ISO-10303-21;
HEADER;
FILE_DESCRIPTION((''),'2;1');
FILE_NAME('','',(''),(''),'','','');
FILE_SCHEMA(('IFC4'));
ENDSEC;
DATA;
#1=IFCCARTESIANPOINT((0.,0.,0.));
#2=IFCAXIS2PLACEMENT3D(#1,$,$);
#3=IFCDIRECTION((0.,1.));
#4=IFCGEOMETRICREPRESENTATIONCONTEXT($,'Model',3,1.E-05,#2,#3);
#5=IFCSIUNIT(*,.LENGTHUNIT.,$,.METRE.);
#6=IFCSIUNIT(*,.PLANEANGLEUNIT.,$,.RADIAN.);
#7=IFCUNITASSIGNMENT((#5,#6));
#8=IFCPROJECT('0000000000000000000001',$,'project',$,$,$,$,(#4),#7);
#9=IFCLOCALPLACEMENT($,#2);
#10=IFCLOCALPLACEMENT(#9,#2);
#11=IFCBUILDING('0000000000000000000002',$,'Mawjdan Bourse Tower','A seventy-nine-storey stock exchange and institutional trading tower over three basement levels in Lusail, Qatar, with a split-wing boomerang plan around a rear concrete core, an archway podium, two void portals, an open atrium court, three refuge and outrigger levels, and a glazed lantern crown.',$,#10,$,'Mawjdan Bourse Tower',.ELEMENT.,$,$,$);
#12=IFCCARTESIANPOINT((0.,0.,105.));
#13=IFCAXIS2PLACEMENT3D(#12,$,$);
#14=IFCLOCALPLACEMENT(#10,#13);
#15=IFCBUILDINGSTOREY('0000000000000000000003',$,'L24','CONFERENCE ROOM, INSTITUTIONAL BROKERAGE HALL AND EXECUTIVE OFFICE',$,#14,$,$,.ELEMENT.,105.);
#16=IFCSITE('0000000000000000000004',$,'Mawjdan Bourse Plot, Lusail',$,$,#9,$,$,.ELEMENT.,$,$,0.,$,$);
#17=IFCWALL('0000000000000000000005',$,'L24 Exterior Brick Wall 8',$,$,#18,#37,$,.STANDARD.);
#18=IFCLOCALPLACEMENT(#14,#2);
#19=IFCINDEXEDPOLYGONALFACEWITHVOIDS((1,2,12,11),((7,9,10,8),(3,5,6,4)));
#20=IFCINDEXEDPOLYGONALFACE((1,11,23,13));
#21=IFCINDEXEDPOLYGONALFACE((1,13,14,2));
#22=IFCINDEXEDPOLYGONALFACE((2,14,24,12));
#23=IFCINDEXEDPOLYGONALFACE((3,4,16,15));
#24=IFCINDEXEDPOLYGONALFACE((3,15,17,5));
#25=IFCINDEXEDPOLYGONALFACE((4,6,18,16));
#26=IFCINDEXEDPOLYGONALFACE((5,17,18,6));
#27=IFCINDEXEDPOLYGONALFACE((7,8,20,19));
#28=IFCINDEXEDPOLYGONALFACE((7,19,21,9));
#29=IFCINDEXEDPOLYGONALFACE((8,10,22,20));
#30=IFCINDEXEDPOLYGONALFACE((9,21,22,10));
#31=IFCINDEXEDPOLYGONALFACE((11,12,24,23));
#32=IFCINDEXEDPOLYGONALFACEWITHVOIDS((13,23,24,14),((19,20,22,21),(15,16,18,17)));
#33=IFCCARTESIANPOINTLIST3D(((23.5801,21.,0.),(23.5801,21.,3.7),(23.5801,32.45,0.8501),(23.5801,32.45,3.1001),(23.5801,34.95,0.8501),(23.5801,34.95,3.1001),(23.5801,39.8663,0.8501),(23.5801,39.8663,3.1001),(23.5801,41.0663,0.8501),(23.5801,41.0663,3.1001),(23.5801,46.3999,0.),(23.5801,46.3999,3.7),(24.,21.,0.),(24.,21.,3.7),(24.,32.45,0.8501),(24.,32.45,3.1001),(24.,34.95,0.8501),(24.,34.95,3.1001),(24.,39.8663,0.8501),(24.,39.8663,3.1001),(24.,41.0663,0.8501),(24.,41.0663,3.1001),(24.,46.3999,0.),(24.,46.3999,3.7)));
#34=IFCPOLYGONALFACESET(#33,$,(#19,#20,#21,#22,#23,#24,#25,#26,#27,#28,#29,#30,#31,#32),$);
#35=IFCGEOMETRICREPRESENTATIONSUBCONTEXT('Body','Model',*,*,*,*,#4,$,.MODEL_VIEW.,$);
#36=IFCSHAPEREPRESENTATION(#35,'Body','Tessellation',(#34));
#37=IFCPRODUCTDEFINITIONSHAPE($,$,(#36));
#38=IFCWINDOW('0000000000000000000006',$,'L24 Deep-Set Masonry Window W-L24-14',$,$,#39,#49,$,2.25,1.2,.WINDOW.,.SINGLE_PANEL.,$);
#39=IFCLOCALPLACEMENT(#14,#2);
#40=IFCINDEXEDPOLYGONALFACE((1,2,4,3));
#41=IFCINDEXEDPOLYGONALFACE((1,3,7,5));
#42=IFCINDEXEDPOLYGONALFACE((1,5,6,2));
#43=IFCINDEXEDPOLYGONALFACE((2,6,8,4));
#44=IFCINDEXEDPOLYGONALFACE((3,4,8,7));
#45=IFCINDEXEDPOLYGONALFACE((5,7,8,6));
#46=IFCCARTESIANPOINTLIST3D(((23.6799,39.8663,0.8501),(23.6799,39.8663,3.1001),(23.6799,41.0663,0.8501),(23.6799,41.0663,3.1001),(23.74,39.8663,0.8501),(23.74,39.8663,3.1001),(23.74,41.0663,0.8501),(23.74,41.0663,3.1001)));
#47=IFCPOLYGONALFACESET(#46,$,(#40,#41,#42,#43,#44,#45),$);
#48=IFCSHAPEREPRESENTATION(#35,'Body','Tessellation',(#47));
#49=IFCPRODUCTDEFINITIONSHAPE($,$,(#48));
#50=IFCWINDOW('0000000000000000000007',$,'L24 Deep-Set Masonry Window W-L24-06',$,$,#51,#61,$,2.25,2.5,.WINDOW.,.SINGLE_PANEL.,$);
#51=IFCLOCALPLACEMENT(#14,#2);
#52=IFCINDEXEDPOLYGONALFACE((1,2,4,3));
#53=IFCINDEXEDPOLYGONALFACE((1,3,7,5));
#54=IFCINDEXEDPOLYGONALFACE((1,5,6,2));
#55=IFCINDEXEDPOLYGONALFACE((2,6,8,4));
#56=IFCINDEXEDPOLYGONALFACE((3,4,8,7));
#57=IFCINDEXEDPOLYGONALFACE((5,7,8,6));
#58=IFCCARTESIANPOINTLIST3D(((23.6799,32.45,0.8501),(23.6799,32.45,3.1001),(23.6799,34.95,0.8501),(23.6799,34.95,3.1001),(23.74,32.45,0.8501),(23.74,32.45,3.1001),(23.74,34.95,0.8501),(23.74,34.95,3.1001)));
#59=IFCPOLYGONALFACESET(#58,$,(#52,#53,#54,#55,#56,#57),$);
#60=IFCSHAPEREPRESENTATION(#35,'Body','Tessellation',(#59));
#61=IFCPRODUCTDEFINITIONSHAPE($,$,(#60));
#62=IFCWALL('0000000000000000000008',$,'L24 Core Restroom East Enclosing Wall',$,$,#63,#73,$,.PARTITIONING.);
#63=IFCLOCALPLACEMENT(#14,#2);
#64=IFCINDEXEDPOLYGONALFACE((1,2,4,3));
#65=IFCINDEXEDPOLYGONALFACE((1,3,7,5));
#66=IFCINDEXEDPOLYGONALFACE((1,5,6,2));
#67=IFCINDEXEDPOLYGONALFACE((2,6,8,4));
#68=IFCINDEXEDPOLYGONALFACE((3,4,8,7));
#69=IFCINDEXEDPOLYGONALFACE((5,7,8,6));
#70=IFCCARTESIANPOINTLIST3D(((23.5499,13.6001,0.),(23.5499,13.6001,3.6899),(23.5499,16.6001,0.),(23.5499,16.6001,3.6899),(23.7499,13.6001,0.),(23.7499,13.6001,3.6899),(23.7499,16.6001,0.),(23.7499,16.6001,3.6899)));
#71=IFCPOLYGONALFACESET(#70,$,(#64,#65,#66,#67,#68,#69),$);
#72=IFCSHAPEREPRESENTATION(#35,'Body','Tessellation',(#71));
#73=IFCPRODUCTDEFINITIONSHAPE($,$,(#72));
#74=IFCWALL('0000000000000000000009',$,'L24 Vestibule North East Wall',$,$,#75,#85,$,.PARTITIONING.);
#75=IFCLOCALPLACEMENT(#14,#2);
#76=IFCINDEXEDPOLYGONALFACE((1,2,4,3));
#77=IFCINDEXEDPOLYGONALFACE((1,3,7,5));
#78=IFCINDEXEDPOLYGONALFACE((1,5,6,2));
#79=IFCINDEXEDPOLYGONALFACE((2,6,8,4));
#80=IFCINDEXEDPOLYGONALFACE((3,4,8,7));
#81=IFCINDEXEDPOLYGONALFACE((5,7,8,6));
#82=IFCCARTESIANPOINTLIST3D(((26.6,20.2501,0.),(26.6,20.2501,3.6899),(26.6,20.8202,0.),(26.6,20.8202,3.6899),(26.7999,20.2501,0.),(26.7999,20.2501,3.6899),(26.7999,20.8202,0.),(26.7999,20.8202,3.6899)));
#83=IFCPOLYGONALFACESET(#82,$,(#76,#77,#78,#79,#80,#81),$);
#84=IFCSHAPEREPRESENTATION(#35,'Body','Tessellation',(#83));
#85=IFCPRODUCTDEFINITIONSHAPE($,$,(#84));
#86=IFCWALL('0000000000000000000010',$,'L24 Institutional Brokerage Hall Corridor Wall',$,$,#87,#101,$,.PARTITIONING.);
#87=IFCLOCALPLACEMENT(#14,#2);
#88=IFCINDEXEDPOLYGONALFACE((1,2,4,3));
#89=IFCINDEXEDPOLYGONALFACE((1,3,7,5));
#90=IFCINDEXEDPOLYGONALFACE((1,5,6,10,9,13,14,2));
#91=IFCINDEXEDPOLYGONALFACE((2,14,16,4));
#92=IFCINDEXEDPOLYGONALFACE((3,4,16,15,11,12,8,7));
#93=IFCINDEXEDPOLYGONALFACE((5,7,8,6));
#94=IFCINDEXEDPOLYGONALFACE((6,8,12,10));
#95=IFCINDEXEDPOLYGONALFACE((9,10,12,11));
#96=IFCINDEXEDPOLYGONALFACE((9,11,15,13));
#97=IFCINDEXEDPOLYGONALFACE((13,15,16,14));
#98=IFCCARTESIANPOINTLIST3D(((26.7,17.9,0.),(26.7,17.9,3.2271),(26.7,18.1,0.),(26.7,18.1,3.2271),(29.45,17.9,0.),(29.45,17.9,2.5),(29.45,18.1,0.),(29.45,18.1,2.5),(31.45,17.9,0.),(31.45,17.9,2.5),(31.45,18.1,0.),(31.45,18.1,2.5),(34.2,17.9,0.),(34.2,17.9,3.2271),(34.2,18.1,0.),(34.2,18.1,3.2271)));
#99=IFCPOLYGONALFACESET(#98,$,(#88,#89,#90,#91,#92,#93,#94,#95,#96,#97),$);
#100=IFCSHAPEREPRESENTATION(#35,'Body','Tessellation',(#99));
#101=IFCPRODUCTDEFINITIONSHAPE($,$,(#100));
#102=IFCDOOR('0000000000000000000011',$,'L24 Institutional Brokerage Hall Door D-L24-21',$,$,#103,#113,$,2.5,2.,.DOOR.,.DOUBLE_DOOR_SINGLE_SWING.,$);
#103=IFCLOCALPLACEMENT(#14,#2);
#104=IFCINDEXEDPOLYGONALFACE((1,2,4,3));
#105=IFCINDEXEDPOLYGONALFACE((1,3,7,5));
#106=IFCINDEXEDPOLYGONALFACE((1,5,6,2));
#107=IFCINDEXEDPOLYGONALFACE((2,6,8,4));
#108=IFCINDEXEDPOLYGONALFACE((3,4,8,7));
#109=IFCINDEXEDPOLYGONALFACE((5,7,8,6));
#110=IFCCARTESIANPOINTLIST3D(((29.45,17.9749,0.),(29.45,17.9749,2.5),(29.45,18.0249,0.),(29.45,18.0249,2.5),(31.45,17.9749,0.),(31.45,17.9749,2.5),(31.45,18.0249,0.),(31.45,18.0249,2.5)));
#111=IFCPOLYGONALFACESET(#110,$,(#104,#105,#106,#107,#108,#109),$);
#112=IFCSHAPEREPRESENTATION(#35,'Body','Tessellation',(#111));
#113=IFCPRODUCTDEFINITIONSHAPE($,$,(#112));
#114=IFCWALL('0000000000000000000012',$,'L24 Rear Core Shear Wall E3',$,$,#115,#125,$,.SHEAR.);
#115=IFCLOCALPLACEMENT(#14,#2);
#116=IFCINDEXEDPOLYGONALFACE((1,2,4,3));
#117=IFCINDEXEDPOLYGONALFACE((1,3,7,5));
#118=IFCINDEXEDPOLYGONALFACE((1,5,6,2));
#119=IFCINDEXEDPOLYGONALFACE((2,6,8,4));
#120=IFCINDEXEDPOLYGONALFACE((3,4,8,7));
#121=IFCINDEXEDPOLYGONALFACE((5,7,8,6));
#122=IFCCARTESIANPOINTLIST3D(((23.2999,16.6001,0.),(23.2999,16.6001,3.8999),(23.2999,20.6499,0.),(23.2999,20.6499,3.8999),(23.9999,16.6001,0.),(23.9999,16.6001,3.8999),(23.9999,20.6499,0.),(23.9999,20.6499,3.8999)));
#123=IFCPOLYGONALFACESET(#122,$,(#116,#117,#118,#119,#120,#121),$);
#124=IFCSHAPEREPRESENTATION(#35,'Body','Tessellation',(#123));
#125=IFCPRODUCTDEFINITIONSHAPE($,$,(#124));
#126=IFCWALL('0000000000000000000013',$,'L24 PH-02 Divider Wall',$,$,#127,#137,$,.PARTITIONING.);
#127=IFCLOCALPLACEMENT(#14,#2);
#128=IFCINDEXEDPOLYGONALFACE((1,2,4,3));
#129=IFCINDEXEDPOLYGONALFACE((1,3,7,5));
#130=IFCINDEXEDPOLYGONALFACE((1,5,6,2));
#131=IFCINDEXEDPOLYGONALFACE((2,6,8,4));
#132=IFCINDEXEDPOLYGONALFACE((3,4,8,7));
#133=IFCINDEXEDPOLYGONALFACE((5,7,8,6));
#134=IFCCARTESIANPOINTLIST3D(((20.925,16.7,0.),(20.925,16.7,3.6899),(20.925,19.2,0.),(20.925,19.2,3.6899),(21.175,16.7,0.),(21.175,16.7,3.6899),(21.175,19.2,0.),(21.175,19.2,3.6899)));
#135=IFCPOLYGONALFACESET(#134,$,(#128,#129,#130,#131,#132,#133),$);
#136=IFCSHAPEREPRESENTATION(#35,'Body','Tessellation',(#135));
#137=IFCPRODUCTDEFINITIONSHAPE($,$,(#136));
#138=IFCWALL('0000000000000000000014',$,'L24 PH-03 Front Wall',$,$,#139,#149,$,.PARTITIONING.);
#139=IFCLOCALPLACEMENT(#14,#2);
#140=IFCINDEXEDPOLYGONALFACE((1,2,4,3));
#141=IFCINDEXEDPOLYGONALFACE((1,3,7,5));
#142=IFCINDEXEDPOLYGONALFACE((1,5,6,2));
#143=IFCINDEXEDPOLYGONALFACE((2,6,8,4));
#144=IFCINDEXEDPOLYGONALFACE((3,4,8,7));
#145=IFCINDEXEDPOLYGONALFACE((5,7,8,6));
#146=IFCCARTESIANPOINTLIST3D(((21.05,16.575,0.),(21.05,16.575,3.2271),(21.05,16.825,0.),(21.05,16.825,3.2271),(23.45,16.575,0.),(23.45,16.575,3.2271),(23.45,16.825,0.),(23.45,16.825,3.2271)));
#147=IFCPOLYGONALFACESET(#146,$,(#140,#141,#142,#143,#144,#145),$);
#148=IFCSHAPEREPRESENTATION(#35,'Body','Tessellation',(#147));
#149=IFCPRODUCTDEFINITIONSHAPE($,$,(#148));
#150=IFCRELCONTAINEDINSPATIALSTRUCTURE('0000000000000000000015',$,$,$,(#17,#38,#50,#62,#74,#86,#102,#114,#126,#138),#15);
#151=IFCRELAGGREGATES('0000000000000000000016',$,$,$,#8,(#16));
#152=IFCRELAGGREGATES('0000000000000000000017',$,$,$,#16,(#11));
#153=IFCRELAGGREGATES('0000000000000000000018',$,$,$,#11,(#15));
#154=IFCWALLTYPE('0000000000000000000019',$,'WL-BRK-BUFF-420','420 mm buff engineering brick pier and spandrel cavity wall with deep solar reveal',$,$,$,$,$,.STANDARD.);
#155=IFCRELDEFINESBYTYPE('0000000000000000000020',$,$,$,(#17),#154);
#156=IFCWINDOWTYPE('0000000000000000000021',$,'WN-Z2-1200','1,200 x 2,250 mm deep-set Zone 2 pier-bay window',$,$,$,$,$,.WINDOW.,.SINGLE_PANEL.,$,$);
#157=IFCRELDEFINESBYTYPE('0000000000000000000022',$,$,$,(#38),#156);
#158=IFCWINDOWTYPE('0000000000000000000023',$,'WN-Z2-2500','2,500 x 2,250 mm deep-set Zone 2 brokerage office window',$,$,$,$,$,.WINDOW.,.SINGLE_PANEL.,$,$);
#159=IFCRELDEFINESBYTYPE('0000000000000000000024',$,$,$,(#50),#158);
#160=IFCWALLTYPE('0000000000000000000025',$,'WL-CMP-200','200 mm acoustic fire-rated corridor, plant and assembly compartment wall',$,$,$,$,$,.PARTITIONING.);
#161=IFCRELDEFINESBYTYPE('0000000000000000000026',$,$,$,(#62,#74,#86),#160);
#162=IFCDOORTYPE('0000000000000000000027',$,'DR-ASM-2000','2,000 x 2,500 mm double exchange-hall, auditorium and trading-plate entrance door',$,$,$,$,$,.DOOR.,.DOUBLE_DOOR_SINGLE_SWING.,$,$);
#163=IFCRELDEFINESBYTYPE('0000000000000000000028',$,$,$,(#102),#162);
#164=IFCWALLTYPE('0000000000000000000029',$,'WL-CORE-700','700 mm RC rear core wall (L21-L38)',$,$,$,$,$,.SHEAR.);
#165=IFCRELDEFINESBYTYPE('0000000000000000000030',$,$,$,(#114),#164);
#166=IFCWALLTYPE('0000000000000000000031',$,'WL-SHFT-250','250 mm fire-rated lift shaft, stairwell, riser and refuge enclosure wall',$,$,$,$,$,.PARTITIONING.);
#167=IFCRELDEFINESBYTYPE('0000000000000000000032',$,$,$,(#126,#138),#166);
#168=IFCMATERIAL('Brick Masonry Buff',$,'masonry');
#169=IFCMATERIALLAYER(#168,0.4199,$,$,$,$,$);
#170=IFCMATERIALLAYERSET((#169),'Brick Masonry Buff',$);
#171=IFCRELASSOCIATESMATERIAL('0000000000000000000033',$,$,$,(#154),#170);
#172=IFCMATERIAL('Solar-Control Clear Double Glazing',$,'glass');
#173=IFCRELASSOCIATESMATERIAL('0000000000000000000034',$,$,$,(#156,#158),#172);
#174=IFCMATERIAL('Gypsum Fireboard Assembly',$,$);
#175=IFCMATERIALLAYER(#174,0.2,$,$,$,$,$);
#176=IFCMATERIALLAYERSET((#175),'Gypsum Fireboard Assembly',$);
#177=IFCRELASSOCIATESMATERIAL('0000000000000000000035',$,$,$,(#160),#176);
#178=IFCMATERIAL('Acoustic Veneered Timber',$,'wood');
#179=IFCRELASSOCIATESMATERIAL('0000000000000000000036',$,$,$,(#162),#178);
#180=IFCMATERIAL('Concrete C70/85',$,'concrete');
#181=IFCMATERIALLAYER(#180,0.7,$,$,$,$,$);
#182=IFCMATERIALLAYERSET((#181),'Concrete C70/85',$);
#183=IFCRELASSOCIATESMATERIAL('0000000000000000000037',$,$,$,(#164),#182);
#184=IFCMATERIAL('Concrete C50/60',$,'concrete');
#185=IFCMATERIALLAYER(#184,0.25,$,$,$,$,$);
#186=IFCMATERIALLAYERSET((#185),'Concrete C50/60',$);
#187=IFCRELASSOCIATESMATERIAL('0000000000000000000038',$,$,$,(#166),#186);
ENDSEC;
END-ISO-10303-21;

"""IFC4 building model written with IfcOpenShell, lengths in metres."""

from ifc_helpers import new_model, si_unit, direction, frame, frame_2d, origin, place, context, subcontext, project, spatial, rectangle, extrude, material, layer, layer_set, type_object, element, fill, save


model = new_model("IFC4")

# Units and contexts
model_context = context("Model", 3, precision=1e-05, world=origin(), true_north=direction((0.0, 1.0)))
body_context = subcontext(model_context, "Body", "Model", "MODEL_VIEW")
ifc_project = project(units=[si_unit("LENGTHUNIT", "METRE"), si_unit("PLANEANGLEUNIT", "RADIAN")], contexts=[model_context])

# Site, building, storey
site_placement = place(None, origin())
site = spatial("IfcSite", under=ifc_project, at=site_placement, Name="Mawjdan Bourse Plot, Lusail", CompositionType="ELEMENT", RefElevation=0.0)
building_placement = place(site_placement, origin())
building = spatial("IfcBuilding", under=site, at=building_placement, Name="Mawjdan Bourse Tower", Description="A seventy-nine-storey stock exchange and institutional trading tower over three basement levels in Lusail, Qatar, with a split-wing boomerang plan around a rear concrete core, an archway podium, two void portals, an open atrium court, three refuge and outrigger levels, and a glazed lantern crown.", LongName="Mawjdan Bourse Tower", CompositionType="ELEMENT")
storey_placement = place(building_placement, frame((0.0, 0.0, 105.0)))
storey = spatial("IfcBuildingStorey", under=building, at=storey_placement, Name="L24", Description="CONFERENCE ROOM, INSTITUTIONAL BROKERAGE HALL AND EXECUTIVE OFFICE", CompositionType="ELEMENT", Elevation=105.0)

# Shared definitions
ifc_material_1 = material(Name="Concrete C70/85", Category="concrete")

# Wall, openings, windows
ifc_material_2 = material(Name="Brick Masonry Buff", Category="masonry")
ifc_layer_1 = layer(ifc_material_2, 0.4199)
ifc_layer_set_1 = layer_set([ifc_layer_1], Name="Brick Masonry Buff")
wall_type_1 = type_object("IfcWallType", Name="WL-BRK-BUFF-420", Description="420 mm buff engineering brick pier and spandrel cavity wall with deep solar reveal", PredefinedType="STANDARD", material=ifc_layer_set_1)
wall_1_placement = place(storey_placement, frame((23.79, 21.0, 0.0), z_axis=(0.0, 0.0, 1.0), x_axis=(0.0, 1.0, 0.0)))
wall_1 = element("IfcWall", 1, at=wall_1_placement, inside=storey, type_object=wall_type_1, Name="L24 Exterior Brick Wall 8", PredefinedType="STANDARD", context=body_context, shape_type="SweptSolid", body=[
    extrude(rectangle(XDim=25.3999, YDim=0.4199, at=frame_2d((12.7, 0.0))), origin(), (0.0, 0.0, 1.0), 3.7),
])
opening_1_placement = place(wall_1_placement, frame((11.45, 0.0, 0.8501)))
opening_1 = element("IfcOpeningElement", 2, at=opening_1_placement, cuts=wall_1, PredefinedType="OPENING", context=body_context, shape_type="SweptSolid", body=[
    extrude(rectangle(XDim=2.5, YDim=2.25, at=frame_2d((1.25, 1.125))), frame((0.0, 0.22, 0.0), z_axis=(0.0, -1.0, 0.0), x_axis=(1.0, 0.0, 0.0)), (0.0, 0.0, 1.0), 0.4399),
])
opening_2_placement = place(wall_1_placement, frame((18.8662, 0.0, 0.8501)))
opening_2 = element("IfcOpeningElement", 3, at=opening_2_placement, cuts=wall_1, PredefinedType="OPENING", context=body_context, shape_type="SweptSolid", body=[
    extrude(rectangle(XDim=1.2, YDim=2.25, at=frame_2d((0.6001, 1.125))), frame((0.0, 0.22, 0.0), z_axis=(0.0, -1.0, 0.0), x_axis=(1.0, 0.0, 0.0)), (0.0, 0.0, 1.0), 0.4399),
])
ifc_material_3 = material(Name="Solar-Control Clear Double Glazing", Category="glass")
window_type_1 = type_object("IfcWindowType", Name="WN-Z2-1200", Description="1,200 x 2,250 mm deep-set Zone 2 pier-bay window", PartitioningType="SINGLE_PANEL", PredefinedType="WINDOW", material=ifc_material_3)
window_1_placement = place(opening_2_placement, origin())
window_1 = element("IfcWindow", 4, at=window_1_placement, inside=storey, type_object=window_type_1, Name="L24 Deep-Set Masonry Window W-L24-14", OverallHeight=2.25, OverallWidth=1.2, PartitioningType="SINGLE_PANEL", PredefinedType="WINDOW", context=body_context, shape_type="SweptSolid", body=[
    extrude(rectangle(XDim=1.2, YDim=2.25, at=frame_2d((0.6001, 1.125))), frame((0.0, 0.1101, 0.0), z_axis=(0.0, -1.0, 0.0), x_axis=(1.0, 0.0, 0.0)), (0.0, 0.0, 1.0), 0.0601),
])
fill(opening_2, window_1)
window_type_2 = type_object("IfcWindowType", Name="WN-Z2-2500", Description="2,500 x 2,250 mm deep-set Zone 2 brokerage office window", PartitioningType="SINGLE_PANEL", PredefinedType="WINDOW", material=ifc_material_3)
window_2_placement = place(opening_1_placement, origin())
window_2 = element("IfcWindow", 5, at=window_2_placement, inside=storey, type_object=window_type_2, Name="L24 Deep-Set Masonry Window W-L24-06", OverallHeight=2.25, OverallWidth=2.5, PartitioningType="SINGLE_PANEL", PredefinedType="WINDOW", context=body_context, shape_type="SweptSolid", body=[
    extrude(rectangle(XDim=2.5, YDim=2.25, at=frame_2d((1.25, 1.125))), frame((0.0, 0.1101, 0.0), z_axis=(0.0, -1.0, 0.0), x_axis=(1.0, 0.0, 0.0)), (0.0, 0.0, 1.0), 0.0601),
])
fill(opening_1, window_2)

# Walls
ifc_material_4 = material(Name="Gypsum Fireboard Assembly")
ifc_layer_2 = layer(ifc_material_4, 0.2)
ifc_layer_set_2 = layer_set([ifc_layer_2], Name="Gypsum Fireboard Assembly")
wall_type_2 = type_object("IfcWallType", Name="WL-CMP-200", Description="200 mm acoustic fire-rated corridor, plant and assembly compartment wall", PredefinedType="PARTITIONING", material=ifc_layer_set_2)
wall_2_placement = place(storey_placement, frame((23.6499, 13.6001, 0.0), z_axis=(0.0, 0.0, 1.0), x_axis=(0.0, 1.0, 0.0)))
element("IfcWall", 6, at=wall_2_placement, inside=storey, type_object=wall_type_2, Name="L24 Core Restroom East Enclosing Wall", PredefinedType="PARTITIONING", context=body_context, shape_type="SweptSolid", body=[
    extrude(rectangle(XDim=3.0, YDim=0.2, at=frame_2d((1.5, 0.0))), origin(), (0.0, 0.0, 1.0), 3.6899),
])
wall_3_placement = place(storey_placement, frame((26.7, 20.25, 0.0), z_axis=(0.0, 0.0, 1.0), x_axis=(0.0, 1.0, 0.0)))
element("IfcWall", 7, at=wall_3_placement, inside=storey, type_object=wall_type_2, Name="L24 Vestibule North East Wall", PredefinedType="PARTITIONING", context=body_context, shape_type="SweptSolid", body=[
    extrude(rectangle(XDim=0.5701, YDim=0.2, at=frame_2d((0.2852, 0.0))), origin(), (0.0, 0.0, 1.0), 3.6899),
])

# Wall, opening, door
wall_4_placement = place(storey_placement, frame((26.7, 18.0, 0.0), z_axis=(0.0, 0.0, 1.0), x_axis=(1.0, 0.0, 0.0)))
wall_4 = element("IfcWall", 8, at=wall_4_placement, inside=storey, type_object=wall_type_2, Name="L24 Institutional Brokerage Hall Corridor Wall", PredefinedType="PARTITIONING", context=body_context, shape_type="SweptSolid", body=[
    extrude(rectangle(XDim=7.5, YDim=0.2, at=frame_2d((3.75, 0.0))), origin(), (0.0, 0.0, 1.0), 3.2271),
])
opening_3_placement = place(wall_4_placement, frame((2.75, 0.0, 0.0)))
opening_3 = element("IfcOpeningElement", 9, at=opening_3_placement, cuts=wall_4, PredefinedType="OPENING", context=body_context, shape_type="SweptSolid", body=[
    extrude(rectangle(XDim=2.0, YDim=2.5, at=frame_2d((1.0, 1.25))), frame((0.0, 0.1099, 0.0), z_axis=(0.0, -1.0, 0.0), x_axis=(1.0, 0.0, 0.0)), (0.0, 0.0, 1.0), 0.22),
])
ifc_material_5 = material(Name="Acoustic Veneered Timber", Category="wood")
door_type = type_object("IfcDoorType", Name="DR-ASM-2000", Description="2,000 x 2,500 mm double exchange-hall, auditorium and trading-plate entrance door", OperationType="DOUBLE_DOOR_SINGLE_SWING", PredefinedType="DOOR", material=ifc_material_5)
door_placement = place(opening_3_placement, origin())
door = element("IfcDoor", 10, at=door_placement, inside=storey, type_object=door_type, Name="L24 Institutional Brokerage Hall Door D-L24-21", OperationType="DOUBLE_DOOR_SINGLE_SWING", OverallHeight=2.5, OverallWidth=2.0, PredefinedType="DOOR", context=body_context, shape_type="SweptSolid", body=[
    extrude(rectangle(XDim=2.0, YDim=2.5, at=frame_2d((1.0, 1.25))), frame((0.0, 0.0249, 0.0), z_axis=(0.0, -1.0, 0.0), x_axis=(1.0, 0.0, 0.0)), (0.0, 0.0, 1.0), 0.05),
])
fill(opening_3, door)

# Walls
ifc_layer_3 = layer(ifc_material_1, 0.7)
ifc_layer_set_3 = layer_set([ifc_layer_3], Name="Concrete C70/85")
wall_type_3 = type_object("IfcWallType", Name="WL-CORE-700", Description="700 mm RC rear core wall (L21-L38)", PredefinedType="SHEAR", material=ifc_layer_set_3)
wall_5_placement = place(storey_placement, frame((23.6499, 16.6001, 0.0), z_axis=(0.0, 0.0, 1.0), x_axis=(0.0, 1.0, 0.0)))
element("IfcWall", 11, at=wall_5_placement, inside=storey, type_object=wall_type_3, Name="L24 Rear Core Shear Wall E3", PredefinedType="SHEAR", context=body_context, shape_type="SweptSolid", body=[
    extrude(rectangle(XDim=4.0498, YDim=0.7, at=frame_2d((2.0249, 0.0))), origin(), (0.0, 0.0, 1.0), 3.8999),
])
ifc_material_6 = material(Name="Concrete C50/60", Category="concrete")
ifc_layer_4 = layer(ifc_material_6, 0.25)
ifc_layer_set_4 = layer_set([ifc_layer_4], Name="Concrete C50/60")
wall_type_4 = type_object("IfcWallType", Name="WL-SHFT-250", Description="250 mm fire-rated lift shaft, stairwell, riser and refuge enclosure wall", PredefinedType="PARTITIONING", material=ifc_layer_set_4)
wall_6_placement = place(storey_placement, frame((21.05, 16.7, 0.0), z_axis=(0.0, 0.0, 1.0), x_axis=(0.0, 1.0, 0.0)))
element("IfcWall", 12, at=wall_6_placement, inside=storey, type_object=wall_type_4, Name="L24 PH-02 Divider Wall", PredefinedType="PARTITIONING", context=body_context, shape_type="SweptSolid", body=[
    extrude(rectangle(XDim=2.5, YDim=0.25, at=frame_2d((1.25, 0.0))), origin(), (0.0, 0.0, 1.0), 3.6899),
])
wall_7_placement = place(storey_placement, frame((21.05, 16.7, 0.0), z_axis=(0.0, 0.0, 1.0), x_axis=(1.0, 0.0, 0.0)))
element("IfcWall", 13, at=wall_7_placement, inside=storey, type_object=wall_type_4, Name="L24 PH-03 Front Wall", PredefinedType="PARTITIONING", context=body_context, shape_type="SweptSolid", body=[
    extrude(rectangle(XDim=2.3999, YDim=0.25, at=frame_2d((1.2, 0.0))), origin(), (0.0, 0.0, 1.0), 3.2271),
])

save(model, "model.ifc")
